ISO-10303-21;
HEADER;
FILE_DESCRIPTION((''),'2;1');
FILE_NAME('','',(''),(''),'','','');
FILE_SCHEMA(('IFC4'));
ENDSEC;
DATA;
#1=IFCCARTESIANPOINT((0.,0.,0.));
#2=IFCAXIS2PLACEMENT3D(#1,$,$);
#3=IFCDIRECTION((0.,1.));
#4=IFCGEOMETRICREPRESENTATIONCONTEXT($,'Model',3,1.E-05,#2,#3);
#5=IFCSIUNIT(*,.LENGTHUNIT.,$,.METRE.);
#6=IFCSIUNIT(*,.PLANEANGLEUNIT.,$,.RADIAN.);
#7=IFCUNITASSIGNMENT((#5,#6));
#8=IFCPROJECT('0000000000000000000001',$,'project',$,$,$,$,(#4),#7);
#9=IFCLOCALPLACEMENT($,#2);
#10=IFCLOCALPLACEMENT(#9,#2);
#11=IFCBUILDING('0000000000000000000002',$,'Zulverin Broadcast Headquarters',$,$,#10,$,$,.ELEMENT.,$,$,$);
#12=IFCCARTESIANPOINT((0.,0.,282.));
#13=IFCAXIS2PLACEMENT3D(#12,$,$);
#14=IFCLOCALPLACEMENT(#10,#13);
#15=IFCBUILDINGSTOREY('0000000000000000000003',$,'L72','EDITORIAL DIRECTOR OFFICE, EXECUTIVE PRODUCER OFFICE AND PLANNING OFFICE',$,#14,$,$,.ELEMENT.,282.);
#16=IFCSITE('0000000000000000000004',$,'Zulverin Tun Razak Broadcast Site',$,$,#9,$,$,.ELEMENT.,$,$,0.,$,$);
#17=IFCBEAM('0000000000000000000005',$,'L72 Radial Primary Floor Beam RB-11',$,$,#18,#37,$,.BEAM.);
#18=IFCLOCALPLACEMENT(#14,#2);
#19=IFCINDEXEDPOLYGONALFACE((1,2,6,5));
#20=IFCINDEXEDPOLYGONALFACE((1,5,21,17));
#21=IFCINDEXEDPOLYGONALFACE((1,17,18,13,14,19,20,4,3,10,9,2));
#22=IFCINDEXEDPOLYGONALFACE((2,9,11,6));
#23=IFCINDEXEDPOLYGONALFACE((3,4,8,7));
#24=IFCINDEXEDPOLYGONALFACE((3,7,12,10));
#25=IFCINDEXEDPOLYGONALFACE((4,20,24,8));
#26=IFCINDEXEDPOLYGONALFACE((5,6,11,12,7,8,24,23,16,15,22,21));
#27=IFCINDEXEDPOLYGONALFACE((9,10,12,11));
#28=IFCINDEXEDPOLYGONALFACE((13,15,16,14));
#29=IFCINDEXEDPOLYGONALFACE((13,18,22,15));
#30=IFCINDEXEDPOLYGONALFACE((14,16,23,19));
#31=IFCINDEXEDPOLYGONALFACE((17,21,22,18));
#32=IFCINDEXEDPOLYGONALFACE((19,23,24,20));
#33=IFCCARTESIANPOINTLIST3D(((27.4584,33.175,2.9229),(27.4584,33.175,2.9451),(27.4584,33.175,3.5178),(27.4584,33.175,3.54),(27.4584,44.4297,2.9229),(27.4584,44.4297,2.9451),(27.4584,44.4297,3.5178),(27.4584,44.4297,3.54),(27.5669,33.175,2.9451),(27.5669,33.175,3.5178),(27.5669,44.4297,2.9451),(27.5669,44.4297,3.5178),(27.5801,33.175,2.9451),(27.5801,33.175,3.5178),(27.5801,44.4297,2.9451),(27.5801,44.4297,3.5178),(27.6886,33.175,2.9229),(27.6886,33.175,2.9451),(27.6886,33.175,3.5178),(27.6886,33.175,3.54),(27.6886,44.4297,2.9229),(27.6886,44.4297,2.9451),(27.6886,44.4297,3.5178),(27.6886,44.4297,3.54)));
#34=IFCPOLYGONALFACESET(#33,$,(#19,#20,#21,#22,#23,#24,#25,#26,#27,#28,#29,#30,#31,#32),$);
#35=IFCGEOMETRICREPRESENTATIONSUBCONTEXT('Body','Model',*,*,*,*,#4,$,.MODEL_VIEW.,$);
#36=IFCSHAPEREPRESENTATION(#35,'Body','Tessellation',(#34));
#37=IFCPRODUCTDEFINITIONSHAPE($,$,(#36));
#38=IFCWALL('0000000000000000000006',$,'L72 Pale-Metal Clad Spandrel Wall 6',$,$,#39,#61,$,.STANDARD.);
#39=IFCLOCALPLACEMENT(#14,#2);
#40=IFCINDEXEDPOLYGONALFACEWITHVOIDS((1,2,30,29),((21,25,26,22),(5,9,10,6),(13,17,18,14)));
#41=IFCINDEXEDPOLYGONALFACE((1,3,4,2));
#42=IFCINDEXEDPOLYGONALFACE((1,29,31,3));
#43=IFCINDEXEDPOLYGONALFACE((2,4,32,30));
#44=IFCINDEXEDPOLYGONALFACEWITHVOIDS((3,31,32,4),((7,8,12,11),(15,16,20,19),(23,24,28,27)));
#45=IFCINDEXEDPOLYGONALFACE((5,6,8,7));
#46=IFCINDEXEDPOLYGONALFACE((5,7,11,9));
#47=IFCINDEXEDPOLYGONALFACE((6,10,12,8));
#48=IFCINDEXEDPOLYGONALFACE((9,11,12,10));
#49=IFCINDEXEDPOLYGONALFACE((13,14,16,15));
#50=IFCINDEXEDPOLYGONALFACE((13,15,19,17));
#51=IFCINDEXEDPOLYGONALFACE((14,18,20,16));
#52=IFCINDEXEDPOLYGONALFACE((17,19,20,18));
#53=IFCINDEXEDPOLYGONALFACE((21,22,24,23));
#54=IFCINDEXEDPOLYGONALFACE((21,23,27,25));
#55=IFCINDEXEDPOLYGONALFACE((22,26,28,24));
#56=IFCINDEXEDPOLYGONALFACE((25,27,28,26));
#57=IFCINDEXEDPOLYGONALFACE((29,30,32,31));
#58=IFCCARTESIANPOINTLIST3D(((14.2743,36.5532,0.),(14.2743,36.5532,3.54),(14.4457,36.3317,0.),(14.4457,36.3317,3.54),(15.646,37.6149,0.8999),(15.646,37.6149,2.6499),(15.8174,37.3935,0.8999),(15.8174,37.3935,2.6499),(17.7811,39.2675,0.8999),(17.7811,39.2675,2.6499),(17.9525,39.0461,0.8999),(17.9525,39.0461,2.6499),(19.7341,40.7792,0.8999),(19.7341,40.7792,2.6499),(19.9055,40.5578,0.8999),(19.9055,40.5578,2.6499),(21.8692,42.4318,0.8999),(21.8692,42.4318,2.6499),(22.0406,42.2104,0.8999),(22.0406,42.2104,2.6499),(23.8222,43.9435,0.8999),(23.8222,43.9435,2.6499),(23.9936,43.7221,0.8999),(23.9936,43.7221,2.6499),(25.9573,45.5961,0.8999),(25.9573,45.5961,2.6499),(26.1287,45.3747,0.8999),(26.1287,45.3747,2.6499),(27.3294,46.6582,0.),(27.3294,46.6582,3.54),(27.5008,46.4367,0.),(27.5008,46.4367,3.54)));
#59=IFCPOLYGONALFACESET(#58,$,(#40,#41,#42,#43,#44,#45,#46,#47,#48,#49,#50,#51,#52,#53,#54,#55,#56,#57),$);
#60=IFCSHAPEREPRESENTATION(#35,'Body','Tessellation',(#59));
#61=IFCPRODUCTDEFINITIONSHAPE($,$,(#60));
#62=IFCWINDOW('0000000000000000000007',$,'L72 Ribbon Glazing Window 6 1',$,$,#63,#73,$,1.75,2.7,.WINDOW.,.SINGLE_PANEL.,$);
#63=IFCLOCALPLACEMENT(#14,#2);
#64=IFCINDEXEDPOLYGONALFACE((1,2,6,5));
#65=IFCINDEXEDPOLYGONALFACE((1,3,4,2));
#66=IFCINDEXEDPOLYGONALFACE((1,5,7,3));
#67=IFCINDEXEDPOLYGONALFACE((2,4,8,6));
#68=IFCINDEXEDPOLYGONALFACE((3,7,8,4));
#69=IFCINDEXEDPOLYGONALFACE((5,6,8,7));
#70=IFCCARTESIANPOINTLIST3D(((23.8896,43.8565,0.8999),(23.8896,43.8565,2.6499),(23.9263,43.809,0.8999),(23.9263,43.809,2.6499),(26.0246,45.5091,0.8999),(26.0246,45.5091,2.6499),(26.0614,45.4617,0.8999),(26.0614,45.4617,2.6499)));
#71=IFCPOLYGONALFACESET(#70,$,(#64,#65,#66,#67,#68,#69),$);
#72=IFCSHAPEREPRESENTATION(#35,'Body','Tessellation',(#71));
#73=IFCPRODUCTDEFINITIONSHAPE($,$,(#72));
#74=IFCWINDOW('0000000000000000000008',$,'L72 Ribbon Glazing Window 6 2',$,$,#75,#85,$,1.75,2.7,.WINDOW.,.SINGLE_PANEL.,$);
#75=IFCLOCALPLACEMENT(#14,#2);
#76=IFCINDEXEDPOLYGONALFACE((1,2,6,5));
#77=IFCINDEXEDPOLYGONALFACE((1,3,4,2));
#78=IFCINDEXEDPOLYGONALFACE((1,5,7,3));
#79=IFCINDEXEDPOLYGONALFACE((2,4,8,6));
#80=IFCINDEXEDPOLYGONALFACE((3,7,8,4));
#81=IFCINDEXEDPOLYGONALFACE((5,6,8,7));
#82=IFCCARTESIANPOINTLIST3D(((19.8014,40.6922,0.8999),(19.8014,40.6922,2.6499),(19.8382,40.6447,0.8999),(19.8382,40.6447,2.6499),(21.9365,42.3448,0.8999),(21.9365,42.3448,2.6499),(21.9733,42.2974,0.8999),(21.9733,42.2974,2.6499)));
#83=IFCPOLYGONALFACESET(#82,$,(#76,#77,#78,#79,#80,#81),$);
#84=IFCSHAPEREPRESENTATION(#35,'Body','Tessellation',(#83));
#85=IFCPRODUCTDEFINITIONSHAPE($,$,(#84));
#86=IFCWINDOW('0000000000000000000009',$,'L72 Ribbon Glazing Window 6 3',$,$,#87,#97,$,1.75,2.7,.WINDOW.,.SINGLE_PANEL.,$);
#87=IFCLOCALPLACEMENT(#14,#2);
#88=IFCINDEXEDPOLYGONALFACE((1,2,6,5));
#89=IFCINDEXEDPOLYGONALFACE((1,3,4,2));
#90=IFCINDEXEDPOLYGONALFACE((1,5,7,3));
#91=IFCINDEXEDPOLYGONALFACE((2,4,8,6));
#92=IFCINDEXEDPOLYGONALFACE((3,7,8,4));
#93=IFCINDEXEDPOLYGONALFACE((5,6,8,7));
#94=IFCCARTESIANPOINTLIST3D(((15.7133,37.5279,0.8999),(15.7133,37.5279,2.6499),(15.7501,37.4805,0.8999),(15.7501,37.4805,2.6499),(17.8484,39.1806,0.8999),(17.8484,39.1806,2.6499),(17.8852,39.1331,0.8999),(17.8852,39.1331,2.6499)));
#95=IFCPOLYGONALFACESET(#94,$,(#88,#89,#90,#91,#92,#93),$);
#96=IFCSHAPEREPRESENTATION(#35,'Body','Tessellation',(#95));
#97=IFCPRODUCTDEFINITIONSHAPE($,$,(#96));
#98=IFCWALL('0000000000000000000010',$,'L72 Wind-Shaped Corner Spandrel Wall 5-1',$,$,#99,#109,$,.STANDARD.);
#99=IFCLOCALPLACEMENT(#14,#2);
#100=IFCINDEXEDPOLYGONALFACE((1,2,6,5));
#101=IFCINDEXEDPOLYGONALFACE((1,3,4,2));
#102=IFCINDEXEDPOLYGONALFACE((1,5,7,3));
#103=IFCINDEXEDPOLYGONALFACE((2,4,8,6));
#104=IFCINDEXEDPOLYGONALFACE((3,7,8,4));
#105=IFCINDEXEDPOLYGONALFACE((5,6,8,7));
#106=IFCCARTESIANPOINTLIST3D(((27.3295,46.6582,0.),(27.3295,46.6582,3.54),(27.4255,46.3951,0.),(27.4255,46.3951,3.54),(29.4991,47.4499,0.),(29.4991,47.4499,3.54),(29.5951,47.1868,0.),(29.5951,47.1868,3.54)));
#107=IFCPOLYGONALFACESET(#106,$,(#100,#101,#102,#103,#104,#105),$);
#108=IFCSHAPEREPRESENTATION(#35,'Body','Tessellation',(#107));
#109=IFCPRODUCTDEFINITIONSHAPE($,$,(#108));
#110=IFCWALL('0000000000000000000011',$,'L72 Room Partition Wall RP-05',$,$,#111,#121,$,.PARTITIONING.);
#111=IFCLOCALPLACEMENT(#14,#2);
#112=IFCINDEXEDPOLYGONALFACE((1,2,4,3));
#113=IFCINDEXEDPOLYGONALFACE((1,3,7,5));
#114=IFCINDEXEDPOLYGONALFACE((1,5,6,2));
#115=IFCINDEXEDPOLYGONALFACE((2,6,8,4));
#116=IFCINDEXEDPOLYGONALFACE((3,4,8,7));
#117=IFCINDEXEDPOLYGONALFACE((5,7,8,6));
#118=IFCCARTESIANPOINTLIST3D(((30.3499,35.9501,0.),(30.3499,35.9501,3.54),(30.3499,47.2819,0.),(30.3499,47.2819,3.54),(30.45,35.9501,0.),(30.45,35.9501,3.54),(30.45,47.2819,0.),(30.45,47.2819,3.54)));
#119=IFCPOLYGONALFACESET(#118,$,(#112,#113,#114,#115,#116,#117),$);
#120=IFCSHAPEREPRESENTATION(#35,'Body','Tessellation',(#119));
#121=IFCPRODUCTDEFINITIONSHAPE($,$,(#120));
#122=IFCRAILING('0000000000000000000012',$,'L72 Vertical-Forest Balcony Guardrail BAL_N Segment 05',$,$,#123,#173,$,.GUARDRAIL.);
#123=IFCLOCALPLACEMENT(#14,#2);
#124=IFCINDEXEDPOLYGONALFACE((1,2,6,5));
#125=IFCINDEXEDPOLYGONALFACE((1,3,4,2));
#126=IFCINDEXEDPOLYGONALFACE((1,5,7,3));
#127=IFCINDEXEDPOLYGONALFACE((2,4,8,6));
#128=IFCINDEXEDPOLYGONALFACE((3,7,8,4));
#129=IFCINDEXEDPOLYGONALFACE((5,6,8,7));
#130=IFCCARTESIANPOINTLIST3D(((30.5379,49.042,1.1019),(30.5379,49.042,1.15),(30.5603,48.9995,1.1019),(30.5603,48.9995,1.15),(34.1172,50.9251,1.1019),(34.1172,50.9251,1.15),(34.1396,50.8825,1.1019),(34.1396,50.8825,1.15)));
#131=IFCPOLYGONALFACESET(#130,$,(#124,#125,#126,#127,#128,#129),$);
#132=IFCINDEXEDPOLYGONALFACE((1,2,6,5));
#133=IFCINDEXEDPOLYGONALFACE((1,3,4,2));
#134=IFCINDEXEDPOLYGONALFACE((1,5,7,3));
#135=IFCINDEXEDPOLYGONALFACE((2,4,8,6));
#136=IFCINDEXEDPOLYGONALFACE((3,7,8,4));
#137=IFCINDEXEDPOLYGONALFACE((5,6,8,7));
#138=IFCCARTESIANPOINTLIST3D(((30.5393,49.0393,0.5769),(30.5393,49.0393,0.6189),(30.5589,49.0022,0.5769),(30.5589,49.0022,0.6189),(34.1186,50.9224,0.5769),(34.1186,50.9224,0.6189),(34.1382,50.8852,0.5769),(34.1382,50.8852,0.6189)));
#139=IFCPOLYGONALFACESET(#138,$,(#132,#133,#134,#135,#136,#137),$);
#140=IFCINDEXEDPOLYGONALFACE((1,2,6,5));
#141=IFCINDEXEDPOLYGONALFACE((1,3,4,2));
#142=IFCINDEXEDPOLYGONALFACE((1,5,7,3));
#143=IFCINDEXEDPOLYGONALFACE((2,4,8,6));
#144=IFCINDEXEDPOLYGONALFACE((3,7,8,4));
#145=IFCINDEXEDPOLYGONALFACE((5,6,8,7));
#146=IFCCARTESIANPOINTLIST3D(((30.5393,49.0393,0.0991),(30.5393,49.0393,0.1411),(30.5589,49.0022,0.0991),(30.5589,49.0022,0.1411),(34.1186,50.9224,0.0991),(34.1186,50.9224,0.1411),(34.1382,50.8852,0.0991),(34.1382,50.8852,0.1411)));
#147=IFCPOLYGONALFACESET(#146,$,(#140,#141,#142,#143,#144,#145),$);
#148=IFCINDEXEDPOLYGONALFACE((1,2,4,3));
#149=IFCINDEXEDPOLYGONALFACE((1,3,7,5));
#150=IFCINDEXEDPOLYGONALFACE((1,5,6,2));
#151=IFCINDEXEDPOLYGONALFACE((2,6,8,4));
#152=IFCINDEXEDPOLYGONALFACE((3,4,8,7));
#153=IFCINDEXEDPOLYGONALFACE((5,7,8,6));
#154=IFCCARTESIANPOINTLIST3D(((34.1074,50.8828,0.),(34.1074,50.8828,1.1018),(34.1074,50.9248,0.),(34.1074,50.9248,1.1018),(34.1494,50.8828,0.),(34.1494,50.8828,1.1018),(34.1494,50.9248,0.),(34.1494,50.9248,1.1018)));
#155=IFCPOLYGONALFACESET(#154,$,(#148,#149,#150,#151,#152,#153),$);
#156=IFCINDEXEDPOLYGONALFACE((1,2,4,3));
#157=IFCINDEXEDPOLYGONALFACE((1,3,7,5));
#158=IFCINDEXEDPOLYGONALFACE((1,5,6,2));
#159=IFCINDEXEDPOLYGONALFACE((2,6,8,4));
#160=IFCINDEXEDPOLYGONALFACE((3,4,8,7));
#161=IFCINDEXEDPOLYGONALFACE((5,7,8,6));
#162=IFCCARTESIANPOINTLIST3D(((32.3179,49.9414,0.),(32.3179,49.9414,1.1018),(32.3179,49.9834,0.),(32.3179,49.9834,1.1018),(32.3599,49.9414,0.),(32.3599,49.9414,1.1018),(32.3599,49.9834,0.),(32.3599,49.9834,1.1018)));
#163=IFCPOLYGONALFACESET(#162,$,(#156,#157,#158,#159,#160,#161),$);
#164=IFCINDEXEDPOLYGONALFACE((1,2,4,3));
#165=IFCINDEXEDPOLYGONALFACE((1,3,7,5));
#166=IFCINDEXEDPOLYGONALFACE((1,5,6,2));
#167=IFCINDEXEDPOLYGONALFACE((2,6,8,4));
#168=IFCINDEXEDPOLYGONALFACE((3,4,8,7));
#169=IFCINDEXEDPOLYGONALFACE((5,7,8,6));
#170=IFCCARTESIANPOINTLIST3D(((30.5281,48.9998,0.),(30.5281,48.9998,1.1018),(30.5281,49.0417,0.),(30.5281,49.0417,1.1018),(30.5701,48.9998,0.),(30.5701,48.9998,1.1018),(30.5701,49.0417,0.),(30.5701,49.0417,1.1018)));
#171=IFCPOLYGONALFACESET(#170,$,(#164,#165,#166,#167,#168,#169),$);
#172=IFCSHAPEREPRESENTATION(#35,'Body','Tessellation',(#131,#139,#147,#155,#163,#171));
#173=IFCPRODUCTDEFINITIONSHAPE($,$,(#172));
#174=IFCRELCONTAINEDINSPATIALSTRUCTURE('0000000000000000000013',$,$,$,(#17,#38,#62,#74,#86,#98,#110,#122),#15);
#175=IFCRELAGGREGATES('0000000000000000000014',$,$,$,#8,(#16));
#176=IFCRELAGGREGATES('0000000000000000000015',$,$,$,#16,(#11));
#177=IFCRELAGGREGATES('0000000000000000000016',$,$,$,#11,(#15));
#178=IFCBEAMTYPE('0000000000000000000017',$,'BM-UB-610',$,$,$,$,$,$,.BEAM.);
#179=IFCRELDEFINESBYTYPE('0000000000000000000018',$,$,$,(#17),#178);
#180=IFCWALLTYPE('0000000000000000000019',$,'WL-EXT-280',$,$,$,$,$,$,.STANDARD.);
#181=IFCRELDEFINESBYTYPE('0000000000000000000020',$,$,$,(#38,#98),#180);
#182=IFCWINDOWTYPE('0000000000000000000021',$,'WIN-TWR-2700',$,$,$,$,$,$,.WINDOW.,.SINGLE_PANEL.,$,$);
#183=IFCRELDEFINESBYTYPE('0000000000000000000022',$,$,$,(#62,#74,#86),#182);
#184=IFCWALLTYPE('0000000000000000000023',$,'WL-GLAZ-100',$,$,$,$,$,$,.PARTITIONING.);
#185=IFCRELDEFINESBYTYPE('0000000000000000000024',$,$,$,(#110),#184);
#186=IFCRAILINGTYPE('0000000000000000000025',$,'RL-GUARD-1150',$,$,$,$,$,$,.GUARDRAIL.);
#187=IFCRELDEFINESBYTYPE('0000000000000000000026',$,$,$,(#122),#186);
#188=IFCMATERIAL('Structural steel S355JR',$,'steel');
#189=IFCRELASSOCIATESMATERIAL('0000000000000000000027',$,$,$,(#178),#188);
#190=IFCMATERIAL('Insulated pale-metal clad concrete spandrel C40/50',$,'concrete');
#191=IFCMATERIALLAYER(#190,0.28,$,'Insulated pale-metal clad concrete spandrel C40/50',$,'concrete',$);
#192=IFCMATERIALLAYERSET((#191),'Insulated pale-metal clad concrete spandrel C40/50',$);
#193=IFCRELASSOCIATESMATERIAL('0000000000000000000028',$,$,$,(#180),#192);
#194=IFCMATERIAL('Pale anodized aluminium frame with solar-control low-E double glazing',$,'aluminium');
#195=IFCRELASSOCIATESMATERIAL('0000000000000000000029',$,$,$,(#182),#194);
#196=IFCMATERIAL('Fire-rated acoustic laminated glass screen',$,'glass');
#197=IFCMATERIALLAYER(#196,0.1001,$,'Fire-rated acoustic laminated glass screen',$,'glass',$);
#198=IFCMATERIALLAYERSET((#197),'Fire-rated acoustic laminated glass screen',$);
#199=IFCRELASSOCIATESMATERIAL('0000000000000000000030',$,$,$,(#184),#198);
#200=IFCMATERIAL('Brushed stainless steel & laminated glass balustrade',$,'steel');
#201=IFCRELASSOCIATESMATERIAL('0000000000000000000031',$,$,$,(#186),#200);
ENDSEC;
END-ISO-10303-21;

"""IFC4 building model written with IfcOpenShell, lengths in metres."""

from ifc_helpers import new_model, si_unit, direction, frame, frame_2d, origin, origin_2d, place, context, subcontext, project, spatial, rectangle, i_section, extrude, material, layer, layer_set, material_profile, profile_set, type_object, element, fill, save


model = new_model("IFC4")

# Units and contexts
model_context = context("Model", 3, precision=1e-05, world=origin(), true_north=direction((0.0, 1.0)))
body_context = subcontext(model_context, "Body", "Model", "MODEL_VIEW")
ifc_project = project(units=[si_unit("LENGTHUNIT", "METRE"), si_unit("PLANEANGLEUNIT", "RADIAN")], contexts=[model_context])

# Site, building, storey
site_placement = place(None, origin())
site = spatial("IfcSite", under=ifc_project, at=site_placement, Name="Zulverin Tun Razak Broadcast Site", CompositionType="ELEMENT", RefElevation=0.0)
building_placement = place(site_placement, origin())
building = spatial("IfcBuilding", under=site, at=building_placement, Name="Zulverin Broadcast Headquarters", CompositionType="ELEMENT")
storey_placement = place(building_placement, frame((0.0, 0.0, 282.0)))
storey = spatial("IfcBuildingStorey", under=building, at=storey_placement, Name="L72", Description="EDITORIAL DIRECTOR OFFICE, EXECUTIVE PRODUCER OFFICE AND PLANNING OFFICE", CompositionType="ELEMENT", Elevation=282.0)

# Beam
ifc_material_1 = material(Name="Structural steel S355JR", Category="steel")
ifc_material_profile_1 = material_profile(ifc_material_1, i_section(OverallWidth=0.2302, OverallDepth=0.6172, WebThickness=0.0132, FlangeThickness=0.0222, at=origin_2d()), Name="Structural steel S355JR", Category="steel")
ifc_profile_set_1 = profile_set([ifc_material_profile_1], Name="Structural steel S355JR")
beam_type_1 = type_object("IfcBeamType", Name="BM-UB-610", PredefinedType="BEAM", material=ifc_profile_set_1)
beam_1_placement = place(storey_placement, frame((27.5735, 33.175, 3.2314), z_axis=(0.0, 1.0, 0.0), x_axis=(-1.0, 0.0, 0.0)))
element("IfcBeam", 1, at=beam_1_placement, inside=storey, type_object=beam_type_1, Name="L72 Radial Primary Floor Beam RB-11", PredefinedType="BEAM", context=body_context, shape_type="SweptSolid", body=[
    extrude(i_section(OverallWidth=0.2302, OverallDepth=0.6172, WebThickness=0.0132, FlangeThickness=0.0222, at=origin_2d()), origin(), (0.0, 0.0, 1.0), 11.2546),
])

# Wall, openings, windows
ifc_material_2 = material(Name="Insulated pale-metal clad concrete spandrel C40/50", Category="concrete")
ifc_layer_1 = layer(ifc_material_2, 0.28, Name="Insulated pale-metal clad concrete spandrel C40/50", Category="concrete")
ifc_layer_set_1 = layer_set([ifc_layer_1], Name="Insulated pale-metal clad concrete spandrel C40/50")
wall_type_1 = type_object("IfcWallType", Name="WL-EXT-280", PredefinedType="STANDARD", material=ifc_layer_set_1)
wall_1_placement = place(storey_placement, frame((27.415, 46.5474, 0.0), z_axis=(0.0, 0.0, 1.0), x_axis=(-0.79079, -0.612088, 0.0)))
wall_1 = element("IfcWall", 2, at=wall_1_placement, inside=storey, type_object=wall_type_1, Name="L72 Pale-Metal Clad Spandrel Wall 6", PredefinedType="STANDARD", context=body_context, shape_type="SweptSolid", body=[
    extrude(rectangle(XDim=16.509, YDim=0.28, at=frame_2d((8.2544, 0.0))), origin(), (0.0, 0.0, 1.0), 3.54),
])
opening_1_placement = place(wall_1_placement, frame((1.7349, 0.0, 0.8999)))
opening_1 = element("IfcOpeningElement", 3, at=opening_1_placement, cuts=wall_1, PredefinedType="OPENING", context=body_context, shape_type="SweptSolid", body=[
    extrude(rectangle(XDim=2.7, YDim=1.75, at=frame_2d((1.3501, 0.875))), frame((0.0, 0.1499, 0.0), z_axis=(0.0, -1.0, 0.0), x_axis=(1.0, 0.0, 0.0)), (0.0, 0.0, 1.0), 0.3),
])
opening_2_placement = place(wall_1_placement, frame((6.9045, 0.0, 0.8999)))
opening_2 = element("IfcOpeningElement", 4, at=opening_2_placement, cuts=wall_1, PredefinedType="OPENING", context=body_context, shape_type="SweptSolid", body=[
    extrude(rectangle(XDim=2.7, YDim=1.75, at=frame_2d((1.3501, 0.875))), frame((0.0, 0.1499, 0.0), z_axis=(0.0, -1.0, 0.0), x_axis=(1.0, 0.0, 0.0)), (0.0, 0.0, 1.0), 0.3),
])
opening_3_placement = place(wall_1_placement, frame((12.0742, 0.0, 0.8999)))
opening_3 = element("IfcOpeningElement", 5, at=opening_3_placement, cuts=wall_1, PredefinedType="OPENING", context=body_context, shape_type="SweptSolid", body=[
    extrude(rectangle(XDim=2.7, YDim=1.75, at=frame_2d((1.3501, 0.875))), frame((0.0, 0.1499, 0.0), z_axis=(0.0, -1.0, 0.0), x_axis=(1.0, 0.0, 0.0)), (0.0, 0.0, 1.0), 0.3),
])
ifc_material_3 = material(Name="Pale anodized aluminium frame with solar-control low-E double glazing", Category="aluminium")
window_type = type_object("IfcWindowType", Name="WIN-TWR-2700", PartitioningType="SINGLE_PANEL", PredefinedType="WINDOW", material=ifc_material_3)
window_1_placement = place(opening_1_placement, origin())
window_1 = element("IfcWindow", 6, at=window_1_placement, inside=storey, type_object=window_type, Name="L72 Ribbon Glazing Window 6 1", OverallHeight=1.75, OverallWidth=2.7, PartitioningType="SINGLE_PANEL", PredefinedType="WINDOW", context=body_context, shape_type="SweptSolid", body=[
    extrude(rectangle(XDim=2.7, YDim=1.75, at=frame_2d((1.3501, 0.875))), frame((0.0, 0.03, 0.0), z_axis=(0.0, -1.0, 0.0), x_axis=(1.0, 0.0, 0.0)), (0.0, 0.0, 1.0), 0.0601),
])
fill(opening_1, window_1)
window_2_placement = place(opening_2_placement, origin())
window_2 = element("IfcWindow", 7, at=window_2_placement, inside=storey, type_object=window_type, Name="L72 Ribbon Glazing Window 6 2", OverallHeight=1.75, OverallWidth=2.7, PartitioningType="SINGLE_PANEL", PredefinedType="WINDOW", context=body_context, shape_type="SweptSolid", body=[
    extrude(rectangle(XDim=2.7, YDim=1.75, at=frame_2d((1.3501, 0.875))), frame((0.0, 0.03, 0.0), z_axis=(0.0, -1.0, 0.0), x_axis=(1.0, 0.0, 0.0)), (0.0, 0.0, 1.0), 0.0601),
])
fill(opening_2, window_2)
window_3_placement = place(opening_3_placement, origin())
window_3 = element("IfcWindow", 8, at=window_3_placement, inside=storey, type_object=window_type, Name="L72 Ribbon Glazing Window 6 3", OverallHeight=1.75, OverallWidth=2.7, PartitioningType="SINGLE_PANEL", PredefinedType="WINDOW", context=body_context, shape_type="SweptSolid", body=[
    extrude(rectangle(XDim=2.7, YDim=1.75, at=frame_2d((1.3501, 0.875))), frame((0.0, 0.03, 0.0), z_axis=(0.0, -1.0, 0.0), x_axis=(1.0, 0.0, 0.0)), (0.0, 0.0, 1.0), 0.0601),
])
fill(opening_3, window_3)

# Walls
wall_2_placement = place(storey_placement, frame((29.5471, 47.3184, 0.0), z_axis=(0.0, 0.0, 1.0), x_axis=(-0.939407, -0.342804, 0.0)))
element("IfcWall", 9, at=wall_2_placement, inside=storey, type_object=wall_type_1, Name="L72 Wind-Shaped Corner Spandrel Wall 5-1", PredefinedType="STANDARD", context=body_context, shape_type="SweptSolid", body=[
    extrude(rectangle(XDim=2.3096, YDim=0.28, at=frame_2d((1.1548, 0.0))), origin(), (0.0, 0.0, 1.0), 3.54),
])
ifc_material_4 = material(Name="Fire-rated acoustic laminated glass screen", Category="glass")
ifc_layer_2 = layer(ifc_material_4, 0.1001, Name="Fire-rated acoustic laminated glass screen", Category="glass")
ifc_layer_set_2 = layer_set([ifc_layer_2], Name="Fire-rated acoustic laminated glass screen")
wall_type_2 = type_object("IfcWallType", Name="WL-GLAZ-100", PredefinedType="PARTITIONING", material=ifc_layer_set_2)
wall_3_placement = place(storey_placement, frame((30.3999, 35.95, 0.0), z_axis=(0.0, 0.0, 1.0), x_axis=(0.0, 1.0, 0.0)))
element("IfcWall", 10, at=wall_3_placement, inside=storey, type_object=wall_type_2, Name="L72 Room Partition Wall RP-05", PredefinedType="PARTITIONING", context=body_context, shape_type="SweptSolid", body=[
    extrude(rectangle(XDim=11.3318, YDim=0.1001, at=frame_2d((5.666, 0.0))), origin(), (0.0, 0.0, 1.0), 3.54),
])

# Railing
ifc_material_5 = material(Name="Brushed stainless steel & laminated glass balustrade", Category="steel")
railing_type = type_object("IfcRailingType", Name="RL-GUARD-1150", PredefinedType="GUARDRAIL", material=ifc_material_5)
railing_1_placement = place(storey_placement, frame((34.1284, 50.9038, 0.0)))
element("IfcRailing", 11, at=railing_1_placement, inside=storey, type_object=railing_type, Name="L72 Vertical-Forest Balcony Guardrail BAL_N Segment 05", PredefinedType="GUARDRAIL", context=body_context, shape_type="SweptSolid", body=[
    extrude(rectangle(XDim=0.0481, YDim=0.0481, at=origin_2d()), frame((0.0, 0.0, 1.126), z_axis=(-0.885001, -0.46559, 0.0), x_axis=(0.46559, -0.885001, 0.0)), (0.0, 0.0, 1.0), 4.0444),
    extrude(rectangle(XDim=0.042, YDim=0.042, at=origin_2d()), frame((0.0, 0.0, 0.5979), z_axis=(-0.885001, -0.46559, 0.0), x_axis=(0.46559, -0.885001, 0.0)), (0.0, 0.0, 1.0), 4.0444),
    extrude(rectangle(XDim=0.042, YDim=0.042, at=origin_2d()), frame((0.0, 0.0, 0.1201), z_axis=(-0.885001, -0.46559, 0.0), x_axis=(0.46559, -0.885001, 0.0)), (0.0, 0.0, 1.0), 4.0444),
    extrude(rectangle(XDim=0.042, YDim=0.042, at=origin_2d()), origin(), (0.0, 0.0, 1.0), 1.1018),
    extrude(rectangle(XDim=0.042, YDim=0.042, at=origin_2d()), frame((-1.7896, -0.9414, 0.0)), (0.0, 0.0, 1.0), 1.1018),
    extrude(rectangle(XDim=0.042, YDim=0.042, at=origin_2d()), frame((-3.5793, -1.8831, 0.0)), (0.0, 0.0, 1.0), 1.1018),
])

save(model, "model.ifc")
